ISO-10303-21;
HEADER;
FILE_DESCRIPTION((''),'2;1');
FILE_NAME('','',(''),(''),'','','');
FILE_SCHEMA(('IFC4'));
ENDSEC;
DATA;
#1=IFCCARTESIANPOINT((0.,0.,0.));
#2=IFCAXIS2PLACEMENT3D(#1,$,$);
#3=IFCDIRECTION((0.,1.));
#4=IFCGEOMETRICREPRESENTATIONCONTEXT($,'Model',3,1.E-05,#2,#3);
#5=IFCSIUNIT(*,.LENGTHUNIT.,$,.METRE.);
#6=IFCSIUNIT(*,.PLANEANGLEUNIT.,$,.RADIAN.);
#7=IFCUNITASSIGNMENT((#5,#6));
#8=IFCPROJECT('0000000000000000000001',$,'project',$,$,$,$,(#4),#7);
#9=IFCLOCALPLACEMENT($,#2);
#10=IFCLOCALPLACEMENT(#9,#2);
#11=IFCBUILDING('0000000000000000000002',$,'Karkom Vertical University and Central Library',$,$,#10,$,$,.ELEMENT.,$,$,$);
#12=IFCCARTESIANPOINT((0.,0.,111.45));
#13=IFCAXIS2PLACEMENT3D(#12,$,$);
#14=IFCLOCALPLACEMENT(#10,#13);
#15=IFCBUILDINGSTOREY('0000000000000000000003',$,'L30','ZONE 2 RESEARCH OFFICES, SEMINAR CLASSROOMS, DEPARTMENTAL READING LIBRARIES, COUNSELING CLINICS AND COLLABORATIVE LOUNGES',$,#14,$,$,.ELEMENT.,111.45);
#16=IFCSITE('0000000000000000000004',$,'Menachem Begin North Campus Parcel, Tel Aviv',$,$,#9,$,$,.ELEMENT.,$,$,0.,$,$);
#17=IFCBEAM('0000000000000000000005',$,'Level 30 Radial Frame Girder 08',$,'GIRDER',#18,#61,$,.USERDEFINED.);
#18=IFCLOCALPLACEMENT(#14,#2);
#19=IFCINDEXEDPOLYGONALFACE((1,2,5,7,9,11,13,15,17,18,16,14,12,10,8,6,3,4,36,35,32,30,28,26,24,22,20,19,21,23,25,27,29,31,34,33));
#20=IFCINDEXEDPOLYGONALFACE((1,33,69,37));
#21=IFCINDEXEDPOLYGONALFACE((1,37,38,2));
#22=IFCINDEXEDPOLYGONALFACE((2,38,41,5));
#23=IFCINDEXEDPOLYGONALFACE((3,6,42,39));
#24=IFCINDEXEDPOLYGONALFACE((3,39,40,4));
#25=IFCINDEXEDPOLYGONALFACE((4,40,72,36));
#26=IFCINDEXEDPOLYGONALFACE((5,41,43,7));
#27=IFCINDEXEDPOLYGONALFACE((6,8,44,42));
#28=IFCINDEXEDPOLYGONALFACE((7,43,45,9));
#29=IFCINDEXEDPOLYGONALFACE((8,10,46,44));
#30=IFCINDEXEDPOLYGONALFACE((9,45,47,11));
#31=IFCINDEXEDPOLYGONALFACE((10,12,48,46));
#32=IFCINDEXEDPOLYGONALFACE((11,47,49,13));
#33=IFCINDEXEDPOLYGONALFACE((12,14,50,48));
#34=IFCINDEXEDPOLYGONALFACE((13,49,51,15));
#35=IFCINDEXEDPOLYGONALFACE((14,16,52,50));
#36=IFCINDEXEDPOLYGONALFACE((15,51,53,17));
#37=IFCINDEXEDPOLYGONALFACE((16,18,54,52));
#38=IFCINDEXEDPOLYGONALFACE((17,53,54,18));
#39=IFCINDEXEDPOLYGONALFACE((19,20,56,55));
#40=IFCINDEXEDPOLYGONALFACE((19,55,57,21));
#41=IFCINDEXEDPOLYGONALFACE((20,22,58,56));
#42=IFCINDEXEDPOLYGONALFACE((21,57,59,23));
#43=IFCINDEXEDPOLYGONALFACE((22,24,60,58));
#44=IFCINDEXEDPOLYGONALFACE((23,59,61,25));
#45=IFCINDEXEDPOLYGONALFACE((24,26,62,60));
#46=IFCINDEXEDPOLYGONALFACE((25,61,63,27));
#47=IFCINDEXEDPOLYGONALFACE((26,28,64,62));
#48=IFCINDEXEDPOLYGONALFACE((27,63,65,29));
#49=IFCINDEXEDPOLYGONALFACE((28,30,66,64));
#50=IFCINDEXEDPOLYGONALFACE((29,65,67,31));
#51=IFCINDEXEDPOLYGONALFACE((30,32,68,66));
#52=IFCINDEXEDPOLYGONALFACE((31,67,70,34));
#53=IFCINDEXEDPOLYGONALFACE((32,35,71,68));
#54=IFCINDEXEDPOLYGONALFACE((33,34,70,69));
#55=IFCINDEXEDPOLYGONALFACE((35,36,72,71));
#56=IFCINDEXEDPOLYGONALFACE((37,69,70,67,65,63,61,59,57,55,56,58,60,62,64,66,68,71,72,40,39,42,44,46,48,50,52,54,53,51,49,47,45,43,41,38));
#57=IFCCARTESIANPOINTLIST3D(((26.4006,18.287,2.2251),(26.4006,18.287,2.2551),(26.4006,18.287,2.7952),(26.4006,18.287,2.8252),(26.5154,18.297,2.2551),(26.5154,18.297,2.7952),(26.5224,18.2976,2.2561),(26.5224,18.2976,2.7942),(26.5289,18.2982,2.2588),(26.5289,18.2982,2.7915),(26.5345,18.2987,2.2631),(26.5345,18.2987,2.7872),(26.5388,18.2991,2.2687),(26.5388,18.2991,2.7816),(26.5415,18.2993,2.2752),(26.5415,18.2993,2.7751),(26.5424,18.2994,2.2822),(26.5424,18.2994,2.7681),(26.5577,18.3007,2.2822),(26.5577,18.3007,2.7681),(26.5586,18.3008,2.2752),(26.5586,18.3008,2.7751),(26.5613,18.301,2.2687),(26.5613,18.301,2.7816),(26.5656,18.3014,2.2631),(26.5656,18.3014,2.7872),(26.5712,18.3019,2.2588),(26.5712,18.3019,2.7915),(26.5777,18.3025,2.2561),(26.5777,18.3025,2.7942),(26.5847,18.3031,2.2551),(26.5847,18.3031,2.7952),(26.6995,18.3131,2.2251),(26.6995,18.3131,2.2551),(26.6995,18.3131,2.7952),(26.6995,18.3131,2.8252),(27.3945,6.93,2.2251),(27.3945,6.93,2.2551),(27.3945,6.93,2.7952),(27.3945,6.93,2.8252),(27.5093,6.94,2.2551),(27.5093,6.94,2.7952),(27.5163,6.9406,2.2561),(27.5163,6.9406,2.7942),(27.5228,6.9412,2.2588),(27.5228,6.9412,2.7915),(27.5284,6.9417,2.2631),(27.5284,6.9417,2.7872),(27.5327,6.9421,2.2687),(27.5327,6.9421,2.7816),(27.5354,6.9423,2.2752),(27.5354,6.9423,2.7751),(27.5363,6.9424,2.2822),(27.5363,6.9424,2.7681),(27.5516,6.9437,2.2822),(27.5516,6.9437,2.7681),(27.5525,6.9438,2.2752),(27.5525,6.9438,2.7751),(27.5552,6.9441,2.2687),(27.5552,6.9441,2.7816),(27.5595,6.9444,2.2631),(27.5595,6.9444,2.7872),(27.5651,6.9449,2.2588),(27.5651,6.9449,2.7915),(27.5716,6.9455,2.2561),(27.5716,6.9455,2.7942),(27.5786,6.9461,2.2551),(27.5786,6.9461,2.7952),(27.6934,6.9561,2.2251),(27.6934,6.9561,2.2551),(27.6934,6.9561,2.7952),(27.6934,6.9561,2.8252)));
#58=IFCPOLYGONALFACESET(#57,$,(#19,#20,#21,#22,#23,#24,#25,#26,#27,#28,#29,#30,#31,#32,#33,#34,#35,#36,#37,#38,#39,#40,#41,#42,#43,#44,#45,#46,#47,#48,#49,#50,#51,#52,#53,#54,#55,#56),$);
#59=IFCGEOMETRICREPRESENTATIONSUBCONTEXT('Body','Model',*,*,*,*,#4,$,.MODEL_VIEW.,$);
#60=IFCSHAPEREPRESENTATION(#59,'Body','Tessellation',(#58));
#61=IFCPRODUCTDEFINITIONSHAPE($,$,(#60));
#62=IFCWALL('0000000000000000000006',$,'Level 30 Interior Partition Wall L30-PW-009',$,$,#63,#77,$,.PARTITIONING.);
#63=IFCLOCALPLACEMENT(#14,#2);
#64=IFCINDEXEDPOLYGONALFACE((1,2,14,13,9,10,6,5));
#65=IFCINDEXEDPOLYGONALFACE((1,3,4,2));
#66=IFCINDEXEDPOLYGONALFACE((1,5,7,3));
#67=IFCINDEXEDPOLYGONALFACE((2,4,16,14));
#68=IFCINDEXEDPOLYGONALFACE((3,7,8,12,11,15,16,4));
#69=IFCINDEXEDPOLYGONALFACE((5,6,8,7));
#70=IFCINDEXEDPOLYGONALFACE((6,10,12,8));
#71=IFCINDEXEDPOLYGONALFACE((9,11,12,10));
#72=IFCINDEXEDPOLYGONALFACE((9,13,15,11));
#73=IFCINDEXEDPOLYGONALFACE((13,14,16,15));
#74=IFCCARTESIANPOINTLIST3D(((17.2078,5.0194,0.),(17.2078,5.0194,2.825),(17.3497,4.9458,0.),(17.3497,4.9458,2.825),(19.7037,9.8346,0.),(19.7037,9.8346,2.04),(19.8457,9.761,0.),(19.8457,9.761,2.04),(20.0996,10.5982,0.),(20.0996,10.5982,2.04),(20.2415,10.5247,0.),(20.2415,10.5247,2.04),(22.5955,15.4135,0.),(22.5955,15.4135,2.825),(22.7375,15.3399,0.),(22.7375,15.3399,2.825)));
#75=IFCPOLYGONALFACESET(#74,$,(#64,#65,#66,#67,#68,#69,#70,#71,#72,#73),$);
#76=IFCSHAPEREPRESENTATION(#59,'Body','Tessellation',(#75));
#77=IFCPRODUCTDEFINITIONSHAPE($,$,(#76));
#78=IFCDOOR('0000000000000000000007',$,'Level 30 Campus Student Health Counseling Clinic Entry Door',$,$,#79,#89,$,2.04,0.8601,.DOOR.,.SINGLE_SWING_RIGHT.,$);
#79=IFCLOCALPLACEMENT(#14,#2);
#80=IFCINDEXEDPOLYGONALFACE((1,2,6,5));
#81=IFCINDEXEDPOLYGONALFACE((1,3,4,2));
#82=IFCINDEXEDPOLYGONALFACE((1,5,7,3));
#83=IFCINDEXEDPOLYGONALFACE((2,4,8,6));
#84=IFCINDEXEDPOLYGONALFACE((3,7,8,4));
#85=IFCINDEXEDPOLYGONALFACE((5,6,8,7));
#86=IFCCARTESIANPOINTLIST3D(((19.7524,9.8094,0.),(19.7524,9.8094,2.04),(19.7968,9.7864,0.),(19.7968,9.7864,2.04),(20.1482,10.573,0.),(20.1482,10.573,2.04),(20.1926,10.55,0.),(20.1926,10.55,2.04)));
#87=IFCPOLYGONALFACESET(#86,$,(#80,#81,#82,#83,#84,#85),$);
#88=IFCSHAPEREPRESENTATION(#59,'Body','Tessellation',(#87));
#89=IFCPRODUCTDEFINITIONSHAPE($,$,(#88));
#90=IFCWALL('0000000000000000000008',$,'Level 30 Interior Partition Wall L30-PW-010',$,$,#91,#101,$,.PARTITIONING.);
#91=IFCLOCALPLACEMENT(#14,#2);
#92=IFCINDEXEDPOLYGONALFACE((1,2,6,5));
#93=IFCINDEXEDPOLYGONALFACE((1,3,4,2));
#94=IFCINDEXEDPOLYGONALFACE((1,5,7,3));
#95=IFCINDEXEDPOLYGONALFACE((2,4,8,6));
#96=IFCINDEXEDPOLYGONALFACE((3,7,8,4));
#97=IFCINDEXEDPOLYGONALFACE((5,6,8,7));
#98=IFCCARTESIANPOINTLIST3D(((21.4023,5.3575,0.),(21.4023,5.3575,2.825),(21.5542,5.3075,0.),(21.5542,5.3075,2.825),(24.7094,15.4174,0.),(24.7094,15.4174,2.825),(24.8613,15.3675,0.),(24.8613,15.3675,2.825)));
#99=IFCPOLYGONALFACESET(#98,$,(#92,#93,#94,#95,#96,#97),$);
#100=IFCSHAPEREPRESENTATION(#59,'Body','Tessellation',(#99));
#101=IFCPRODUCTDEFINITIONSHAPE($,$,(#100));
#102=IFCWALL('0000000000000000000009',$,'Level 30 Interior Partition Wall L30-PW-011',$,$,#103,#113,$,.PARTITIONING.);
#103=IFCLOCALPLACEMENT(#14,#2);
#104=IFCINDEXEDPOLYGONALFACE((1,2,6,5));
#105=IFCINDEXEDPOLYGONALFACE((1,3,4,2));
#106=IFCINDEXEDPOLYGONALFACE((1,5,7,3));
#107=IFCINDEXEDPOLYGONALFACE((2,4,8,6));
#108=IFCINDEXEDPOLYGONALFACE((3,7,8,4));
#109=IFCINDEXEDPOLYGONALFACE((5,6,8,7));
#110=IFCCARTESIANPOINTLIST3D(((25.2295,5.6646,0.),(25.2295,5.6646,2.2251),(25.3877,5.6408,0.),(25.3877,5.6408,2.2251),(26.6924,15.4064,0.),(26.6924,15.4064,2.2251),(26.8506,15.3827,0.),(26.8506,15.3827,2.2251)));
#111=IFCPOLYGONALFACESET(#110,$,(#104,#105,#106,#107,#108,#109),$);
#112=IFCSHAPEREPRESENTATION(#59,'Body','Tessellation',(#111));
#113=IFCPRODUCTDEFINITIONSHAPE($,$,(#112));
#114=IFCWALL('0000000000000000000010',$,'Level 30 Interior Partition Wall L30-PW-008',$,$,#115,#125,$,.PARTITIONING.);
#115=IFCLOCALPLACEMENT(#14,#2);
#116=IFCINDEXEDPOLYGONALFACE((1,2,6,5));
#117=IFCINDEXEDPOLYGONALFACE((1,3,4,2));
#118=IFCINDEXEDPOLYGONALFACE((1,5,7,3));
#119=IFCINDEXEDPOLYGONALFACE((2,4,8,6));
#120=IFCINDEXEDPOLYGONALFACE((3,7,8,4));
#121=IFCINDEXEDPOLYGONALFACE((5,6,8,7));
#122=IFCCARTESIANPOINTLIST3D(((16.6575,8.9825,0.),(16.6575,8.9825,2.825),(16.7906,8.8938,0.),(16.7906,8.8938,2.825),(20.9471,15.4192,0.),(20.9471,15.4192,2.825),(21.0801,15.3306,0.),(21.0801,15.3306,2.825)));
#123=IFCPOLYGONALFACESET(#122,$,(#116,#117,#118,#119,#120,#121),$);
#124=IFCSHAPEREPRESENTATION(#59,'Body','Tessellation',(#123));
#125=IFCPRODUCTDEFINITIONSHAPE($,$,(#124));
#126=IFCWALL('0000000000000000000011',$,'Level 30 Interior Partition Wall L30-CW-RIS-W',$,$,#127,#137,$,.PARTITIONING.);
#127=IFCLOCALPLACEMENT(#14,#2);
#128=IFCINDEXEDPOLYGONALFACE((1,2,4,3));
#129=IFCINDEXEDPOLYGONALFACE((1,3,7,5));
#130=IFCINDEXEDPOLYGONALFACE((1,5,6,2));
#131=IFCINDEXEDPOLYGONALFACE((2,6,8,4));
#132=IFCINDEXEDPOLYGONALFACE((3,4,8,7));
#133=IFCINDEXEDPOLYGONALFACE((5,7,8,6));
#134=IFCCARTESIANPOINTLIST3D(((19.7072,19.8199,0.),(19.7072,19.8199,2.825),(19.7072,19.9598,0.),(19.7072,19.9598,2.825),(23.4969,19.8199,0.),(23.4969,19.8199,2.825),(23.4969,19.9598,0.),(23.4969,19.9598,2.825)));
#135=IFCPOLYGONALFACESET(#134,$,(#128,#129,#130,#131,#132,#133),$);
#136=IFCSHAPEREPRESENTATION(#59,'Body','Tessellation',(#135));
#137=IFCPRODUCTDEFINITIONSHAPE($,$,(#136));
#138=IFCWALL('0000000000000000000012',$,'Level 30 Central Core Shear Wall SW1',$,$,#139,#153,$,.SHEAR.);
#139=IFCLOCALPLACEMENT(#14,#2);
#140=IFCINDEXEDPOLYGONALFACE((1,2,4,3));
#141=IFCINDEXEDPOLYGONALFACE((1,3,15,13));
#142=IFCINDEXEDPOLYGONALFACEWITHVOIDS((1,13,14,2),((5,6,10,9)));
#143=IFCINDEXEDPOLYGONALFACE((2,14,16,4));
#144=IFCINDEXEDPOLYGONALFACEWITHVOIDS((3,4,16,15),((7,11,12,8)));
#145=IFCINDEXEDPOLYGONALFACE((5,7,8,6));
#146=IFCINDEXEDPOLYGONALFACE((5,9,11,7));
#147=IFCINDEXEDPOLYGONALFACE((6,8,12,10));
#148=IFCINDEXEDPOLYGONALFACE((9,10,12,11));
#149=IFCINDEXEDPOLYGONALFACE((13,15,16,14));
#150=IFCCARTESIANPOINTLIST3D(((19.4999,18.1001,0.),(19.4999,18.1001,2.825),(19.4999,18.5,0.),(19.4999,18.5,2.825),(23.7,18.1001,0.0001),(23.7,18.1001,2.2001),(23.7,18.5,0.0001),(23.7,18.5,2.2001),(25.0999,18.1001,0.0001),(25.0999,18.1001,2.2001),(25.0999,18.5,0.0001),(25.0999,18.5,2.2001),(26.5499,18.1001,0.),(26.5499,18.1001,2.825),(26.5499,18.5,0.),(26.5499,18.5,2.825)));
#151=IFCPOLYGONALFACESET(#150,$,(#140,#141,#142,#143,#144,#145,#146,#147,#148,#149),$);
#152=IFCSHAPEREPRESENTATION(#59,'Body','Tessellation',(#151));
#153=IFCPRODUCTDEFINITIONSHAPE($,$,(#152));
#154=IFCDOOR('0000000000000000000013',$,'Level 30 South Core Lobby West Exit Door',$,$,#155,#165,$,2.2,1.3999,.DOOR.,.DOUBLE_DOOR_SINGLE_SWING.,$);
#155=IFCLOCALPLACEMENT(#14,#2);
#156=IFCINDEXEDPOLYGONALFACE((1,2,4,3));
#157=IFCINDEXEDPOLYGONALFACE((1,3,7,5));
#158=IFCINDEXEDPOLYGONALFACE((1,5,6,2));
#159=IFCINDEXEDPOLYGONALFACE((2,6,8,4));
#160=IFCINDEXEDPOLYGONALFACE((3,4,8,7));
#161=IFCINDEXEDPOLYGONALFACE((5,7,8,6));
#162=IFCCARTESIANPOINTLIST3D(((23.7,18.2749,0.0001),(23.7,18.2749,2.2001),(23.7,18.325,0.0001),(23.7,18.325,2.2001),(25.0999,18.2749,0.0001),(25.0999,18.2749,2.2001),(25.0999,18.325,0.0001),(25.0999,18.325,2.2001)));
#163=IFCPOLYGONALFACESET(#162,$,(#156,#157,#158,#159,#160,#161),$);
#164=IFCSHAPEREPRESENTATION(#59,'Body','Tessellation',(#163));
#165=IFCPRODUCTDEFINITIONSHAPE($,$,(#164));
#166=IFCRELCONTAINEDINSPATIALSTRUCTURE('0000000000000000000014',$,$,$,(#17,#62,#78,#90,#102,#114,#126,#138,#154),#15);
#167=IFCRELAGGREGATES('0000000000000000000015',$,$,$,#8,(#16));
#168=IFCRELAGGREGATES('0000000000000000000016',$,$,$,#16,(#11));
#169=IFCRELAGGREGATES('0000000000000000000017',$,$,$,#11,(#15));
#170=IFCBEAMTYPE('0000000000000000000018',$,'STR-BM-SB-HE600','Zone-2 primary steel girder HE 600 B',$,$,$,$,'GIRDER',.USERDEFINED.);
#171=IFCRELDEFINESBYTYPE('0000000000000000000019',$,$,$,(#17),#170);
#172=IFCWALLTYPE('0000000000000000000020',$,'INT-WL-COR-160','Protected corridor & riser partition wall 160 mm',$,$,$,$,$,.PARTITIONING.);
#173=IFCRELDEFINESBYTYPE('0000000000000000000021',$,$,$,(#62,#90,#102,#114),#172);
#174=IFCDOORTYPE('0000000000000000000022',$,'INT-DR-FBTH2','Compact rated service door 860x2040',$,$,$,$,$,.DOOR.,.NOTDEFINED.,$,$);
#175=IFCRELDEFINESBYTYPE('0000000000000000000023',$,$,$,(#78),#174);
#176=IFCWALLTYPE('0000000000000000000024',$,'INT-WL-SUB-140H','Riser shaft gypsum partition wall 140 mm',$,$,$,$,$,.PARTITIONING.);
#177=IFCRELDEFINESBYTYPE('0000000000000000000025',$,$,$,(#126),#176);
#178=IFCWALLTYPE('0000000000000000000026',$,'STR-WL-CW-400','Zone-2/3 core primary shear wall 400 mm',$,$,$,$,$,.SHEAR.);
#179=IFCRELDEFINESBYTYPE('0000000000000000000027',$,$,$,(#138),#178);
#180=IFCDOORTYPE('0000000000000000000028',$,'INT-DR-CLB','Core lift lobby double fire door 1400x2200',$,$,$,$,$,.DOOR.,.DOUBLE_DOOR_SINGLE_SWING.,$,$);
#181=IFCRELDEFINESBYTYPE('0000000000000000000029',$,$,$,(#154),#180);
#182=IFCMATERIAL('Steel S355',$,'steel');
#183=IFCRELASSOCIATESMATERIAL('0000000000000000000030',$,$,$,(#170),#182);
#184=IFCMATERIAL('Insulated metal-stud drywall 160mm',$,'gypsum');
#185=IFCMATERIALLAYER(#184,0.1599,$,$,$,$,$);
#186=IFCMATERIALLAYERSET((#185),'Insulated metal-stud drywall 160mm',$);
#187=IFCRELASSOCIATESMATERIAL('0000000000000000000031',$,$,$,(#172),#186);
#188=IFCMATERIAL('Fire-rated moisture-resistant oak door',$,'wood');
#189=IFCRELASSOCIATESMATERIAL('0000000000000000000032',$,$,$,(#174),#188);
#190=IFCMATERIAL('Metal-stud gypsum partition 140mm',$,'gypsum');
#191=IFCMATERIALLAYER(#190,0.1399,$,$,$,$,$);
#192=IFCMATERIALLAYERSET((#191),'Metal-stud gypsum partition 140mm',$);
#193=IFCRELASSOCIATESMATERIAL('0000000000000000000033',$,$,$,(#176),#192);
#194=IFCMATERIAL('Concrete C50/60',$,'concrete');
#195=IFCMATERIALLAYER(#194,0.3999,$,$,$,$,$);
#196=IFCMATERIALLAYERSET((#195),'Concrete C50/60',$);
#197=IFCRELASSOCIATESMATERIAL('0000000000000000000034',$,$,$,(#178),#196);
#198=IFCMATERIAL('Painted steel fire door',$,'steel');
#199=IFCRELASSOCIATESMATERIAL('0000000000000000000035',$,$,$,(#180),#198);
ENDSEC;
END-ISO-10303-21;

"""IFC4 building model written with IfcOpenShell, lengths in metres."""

from ifc_helpers import new_model, si_unit, direction, frame, frame_2d, origin, origin_with_axes, origin_2d, place, context, subcontext, project, spatial, rectangle, i_section, extrude, source, transform, mapped, material, layer, layer_set, material_profile, profile_set, type_object, element, fill, save


model = new_model("IFC4")

# Units and contexts
model_context = context("Model", 3, precision=1e-05, world=origin(), true_north=direction((0.0, 1.0)))
body_context = subcontext(model_context, "Body", "Model", "MODEL_VIEW")
ifc_project = project(units=[si_unit("LENGTHUNIT", "METRE"), si_unit("PLANEANGLEUNIT", "RADIAN")], contexts=[model_context])

# Site, building, storey
site_placement = place(None, origin())
site = spatial("IfcSite", under=ifc_project, at=site_placement, Name="Menachem Begin North Campus Parcel, Tel Aviv", CompositionType="ELEMENT", RefElevation=0.0)
building_placement = place(site_placement, origin())
building = spatial("IfcBuilding", under=site, at=building_placement, Name="Karkom Vertical University and Central Library", CompositionType="ELEMENT")
storey_placement = place(building_placement, frame((0.0, 0.0, 111.45)))
storey = spatial("IfcBuildingStorey", under=building, at=storey_placement, Name="L30", Description="ZONE 2 RESEARCH OFFICES, SEMINAR CLASSROOMS, DEPARTMENTAL READING LIBRARIES, COUNSELING CLINICS AND COLLABORATIVE LOUNGES", CompositionType="ELEMENT", Elevation=111.45)

# Shared definitions
ifc_material_1 = material(Name="Concrete C50/60", Category="concrete")

# Beam
ifc_material_2 = material(Name="Steel S355", Category="steel")
ifc_material_profile_1 = material_profile(ifc_material_2, i_section(OverallWidth=0.3, OverallDepth=0.6001, WebThickness=0.0154, FlangeThickness=0.03, FilletRadius=0.0271, at=origin_2d()), Name="HE 600 B")
ifc_profile_set_1 = profile_set([ifc_material_profile_1], Name="Steel S355")
beam_type_1 = type_object("IfcBeamType", Name="STR-BM-SB-HE600", Description="Zone-2 primary steel girder HE 600 B", ElementType="GIRDER", PredefinedType="USERDEFINED", material=ifc_profile_set_1)
shared_shape_1 = source(origin_with_axes(), body_context, "Body", "SweptSolid", [
    extrude(i_section(OverallWidth=0.3, OverallDepth=0.6001, WebThickness=0.0154, FlangeThickness=0.03, FilletRadius=0.0271, at=origin_2d()), origin(), (0.0, 0.0, 1.0), 11.4004),
])
beam_1_placement = place(storey_placement, frame((26.55, 18.3, 2.5251), z_axis=(0.087181, -0.996192, 0.0), x_axis=(0.996192, 0.087181, 0.0)))
element("IfcBeam", 1, at=beam_1_placement, inside=storey, type_object=beam_type_1, Name="Level 30 Radial Frame Girder 08", ObjectType="GIRDER", PredefinedType="USERDEFINED", context=body_context, shape_type="MappedRepresentation", body=[
    mapped(shared_shape_1, transform((0.0, 0.0, 0.0), scale=1.0)),
])

# Wall, opening, door
ifc_material_3 = material(Name="Insulated metal-stud drywall 160mm", Category="gypsum")
ifc_layer_1 = layer(ifc_material_3, 0.1599)
ifc_layer_set_1 = layer_set([ifc_layer_1], Name="Insulated metal-stud drywall 160mm")
wall_type_1 = type_object("IfcWallType", Name="INT-WL-COR-160", Description="Protected corridor & riser partition wall 160 mm", PredefinedType="PARTITIONING", material=ifc_layer_set_1)
wall_1_placement = place(storey_placement, frame((22.6665, 15.3767, 0.0), z_axis=(0.0, 0.0, 1.0), x_axis=(-0.460195, -0.887818, 0.0)))
wall_1 = element("IfcWall", 2, at=wall_1_placement, inside=storey, type_object=wall_type_1, Name="Level 30 Interior Partition Wall L30-PW-009", PredefinedType="PARTITIONING", context=body_context, shape_type="SweptSolid", body=[
    extrude(rectangle(XDim=11.7075, YDim=0.1599, at=frame_2d((5.8538, 0.0))), origin(), (0.0, 0.0, 1.0), 2.825),
])
opening_1_placement = place(wall_1_placement, frame((5.4236, 0.0, 0.0)))
opening_1 = element("IfcOpeningElement", 3, at=opening_1_placement, cuts=wall_1, PredefinedType="OPENING", context=body_context, shape_type="SweptSolid", body=[
    extrude(rectangle(XDim=0.8601, YDim=2.04, at=frame_2d((0.4302, 1.02))), frame((0.0, 0.0898, 0.0), z_axis=(0.0, -1.0, 0.0), x_axis=(1.0, 0.0, 0.0)), (0.0, 0.0, 1.0), 0.1799),
])
ifc_material_4 = material(Name="Fire-rated moisture-resistant oak door", Category="wood")
door_type_1 = type_object("IfcDoorType", Name="INT-DR-FBTH2", Description="Compact rated service door 860x2040", OperationType="NOTDEFINED", PredefinedType="DOOR", material=ifc_material_4)
shared_shape_2 = source(origin_with_axes(), body_context, "Body", "SweptSolid", [
    extrude(rectangle(XDim=0.8601, YDim=2.04, at=frame_2d((0.4302, 1.02))), frame((0.0, 0.0249, 0.0), z_axis=(0.0, -1.0, 0.0), x_axis=(1.0, 0.0, 0.0)), (0.0, 0.0, 1.0), 0.05),
])
door_1_placement = place(opening_1_placement, origin())
door_1 = element("IfcDoor", 4, at=door_1_placement, inside=storey, type_object=door_type_1, Name="Level 30 Campus Student Health Counseling Clinic Entry Door", OperationType="SINGLE_SWING_RIGHT", OverallHeight=2.04, OverallWidth=0.8601, PredefinedType="DOOR", context=body_context, shape_type="MappedRepresentation", body=[
    mapped(shared_shape_2, transform((0.0, 0.0, 0.0), scale=1.0)),
])
fill(opening_1, door_1)

# Walls
wall_2_placement = place(storey_placement, frame((24.7854, 15.3926, 0.0), z_axis=(0.0, 0.0, 1.0), x_axis=(-0.312297, -0.949985, 0.0)))
element("IfcWall", 5, at=wall_2_placement, inside=storey, type_object=wall_type_1, Name="Level 30 Interior Partition Wall L30-PW-010", PredefinedType="PARTITIONING", context=body_context, shape_type="SweptSolid", body=[
    extrude(rectangle(XDim=10.5896, YDim=0.1599, at=frame_2d((5.2949, 0.0))), origin(), (0.0, 0.0, 1.0), 2.825),
])
wall_3_placement = place(storey_placement, frame((26.7715, 15.3945, 0.0), z_axis=(0.0, 0.0, 1.0), x_axis=(-0.148499, -0.988913, 0.0)))
element("IfcWall", 6, at=wall_3_placement, inside=storey, type_object=wall_type_1, Name="Level 30 Interior Partition Wall L30-PW-011", PredefinedType="PARTITIONING", context=body_context, shape_type="SweptSolid", body=[
    extrude(rectangle(XDim=9.8511, YDim=0.1599, at=frame_2d((4.9255, 0.0))), origin(), (0.0, 0.0, 1.0), 2.2251),
])
wall_4_placement = place(storey_placement, frame((21.0137, 15.375, 0.0), z_axis=(0.0, 0.0, 1.0), x_axis=(-0.554555, -0.832147, 0.0)))
element("IfcWall", 7, at=wall_4_placement, inside=storey, type_object=wall_type_1, Name="Level 30 Interior Partition Wall L30-PW-008", PredefinedType="PARTITIONING", context=body_context, shape_type="SweptSolid", body=[
    extrude(rectangle(XDim=7.7351, YDim=0.1599, at=frame_2d((3.8677, 0.0))), origin(), (0.0, 0.0, 1.0), 2.825),
])
ifc_material_5 = material(Name="Metal-stud gypsum partition 140mm", Category="gypsum")
ifc_layer_2 = layer(ifc_material_5, 0.1399)
ifc_layer_set_2 = layer_set([ifc_layer_2], Name="Metal-stud gypsum partition 140mm")
wall_type_2 = type_object("IfcWallType", Name="INT-WL-SUB-140H", Description="Riser shaft gypsum partition wall 140 mm", PredefinedType="PARTITIONING", material=ifc_layer_set_2)
wall_5_placement = place(storey_placement, frame((19.707, 19.8899, 0.0), z_axis=(0.0, 0.0, 1.0), x_axis=(1.0, 0.0, 0.0)))
element("IfcWall", 8, at=wall_5_placement, inside=storey, type_object=wall_type_2, Name="Level 30 Interior Partition Wall L30-CW-RIS-W", PredefinedType="PARTITIONING", context=body_context, shape_type="SweptSolid", body=[
    extrude(rectangle(XDim=3.7898, YDim=0.1399, at=frame_2d((1.895, 0.0))), origin(), (0.0, 0.0, 1.0), 2.825),
])

# Wall, opening, door
ifc_layer_3 = layer(ifc_material_1, 0.3999)
ifc_layer_set_3 = layer_set([ifc_layer_3], Name="Concrete C50/60")
wall_type_3 = type_object("IfcWallType", Name="STR-WL-CW-400", Description="Zone-2/3 core primary shear wall 400 mm", PredefinedType="SHEAR", material=ifc_layer_set_3)
wall_6_placement = place(storey_placement, frame((19.5, 18.3, 0.0), z_axis=(0.0, 0.0, 1.0), x_axis=(1.0, 0.0, 0.0)))
wall_6 = element("IfcWall", 9, at=wall_6_placement, inside=storey, type_object=wall_type_3, Name="Level 30 Central Core Shear Wall SW1", PredefinedType="SHEAR", context=body_context, shape_type="SweptSolid", body=[
    extrude(rectangle(XDim=7.05, YDim=0.3999, at=frame_2d((3.5249, 0.0))), origin(), (0.0, 0.0, 1.0), 2.825),
])
opening_2_placement = place(wall_6_placement, frame((4.2, 0.0, 0.0)))
opening_2 = element("IfcOpeningElement", 10, at=opening_2_placement, cuts=wall_6, PredefinedType="OPENING", context=body_context, shape_type="SweptSolid", body=[
    extrude(rectangle(XDim=1.3999, YDim=2.2, at=frame_2d((0.7, 1.1001))), frame((0.0, 0.21, 0.0), z_axis=(0.0, -1.0, 0.0), x_axis=(1.0, 0.0, 0.0)), (0.0, 0.0, 1.0), 0.4199),
])
ifc_material_6 = material(Name="Painted steel fire door", Category="steel")
door_type_2 = type_object("IfcDoorType", Name="INT-DR-CLB", Description="Core lift lobby double fire door 1400x2200", OperationType="DOUBLE_DOOR_SINGLE_SWING", PredefinedType="DOOR", material=ifc_material_6)
shared_shape_3 = source(origin_with_axes(), body_context, "Body", "SweptSolid", [
    extrude(rectangle(XDim=1.3999, YDim=2.2, at=frame_2d((0.7, 1.1001))), frame((0.0, 0.0249, 0.0), z_axis=(0.0, -1.0, 0.0), x_axis=(1.0, 0.0, 0.0)), (0.0, 0.0, 1.0), 0.05),
])
door_2_placement = place(opening_2_placement, origin())
door_2 = element("IfcDoor", 11, at=door_2_placement, inside=storey, type_object=door_type_2, Name="Level 30 South Core Lobby West Exit Door", OperationType="DOUBLE_DOOR_SINGLE_SWING", OverallHeight=2.2, OverallWidth=1.3999, PredefinedType="DOOR", context=body_context, shape_type="MappedRepresentation", body=[
    mapped(shared_shape_3, transform((0.0, 0.0, 0.0), scale=1.0)),
])
fill(opening_2, door_2)

save(model, "model.ifc")
